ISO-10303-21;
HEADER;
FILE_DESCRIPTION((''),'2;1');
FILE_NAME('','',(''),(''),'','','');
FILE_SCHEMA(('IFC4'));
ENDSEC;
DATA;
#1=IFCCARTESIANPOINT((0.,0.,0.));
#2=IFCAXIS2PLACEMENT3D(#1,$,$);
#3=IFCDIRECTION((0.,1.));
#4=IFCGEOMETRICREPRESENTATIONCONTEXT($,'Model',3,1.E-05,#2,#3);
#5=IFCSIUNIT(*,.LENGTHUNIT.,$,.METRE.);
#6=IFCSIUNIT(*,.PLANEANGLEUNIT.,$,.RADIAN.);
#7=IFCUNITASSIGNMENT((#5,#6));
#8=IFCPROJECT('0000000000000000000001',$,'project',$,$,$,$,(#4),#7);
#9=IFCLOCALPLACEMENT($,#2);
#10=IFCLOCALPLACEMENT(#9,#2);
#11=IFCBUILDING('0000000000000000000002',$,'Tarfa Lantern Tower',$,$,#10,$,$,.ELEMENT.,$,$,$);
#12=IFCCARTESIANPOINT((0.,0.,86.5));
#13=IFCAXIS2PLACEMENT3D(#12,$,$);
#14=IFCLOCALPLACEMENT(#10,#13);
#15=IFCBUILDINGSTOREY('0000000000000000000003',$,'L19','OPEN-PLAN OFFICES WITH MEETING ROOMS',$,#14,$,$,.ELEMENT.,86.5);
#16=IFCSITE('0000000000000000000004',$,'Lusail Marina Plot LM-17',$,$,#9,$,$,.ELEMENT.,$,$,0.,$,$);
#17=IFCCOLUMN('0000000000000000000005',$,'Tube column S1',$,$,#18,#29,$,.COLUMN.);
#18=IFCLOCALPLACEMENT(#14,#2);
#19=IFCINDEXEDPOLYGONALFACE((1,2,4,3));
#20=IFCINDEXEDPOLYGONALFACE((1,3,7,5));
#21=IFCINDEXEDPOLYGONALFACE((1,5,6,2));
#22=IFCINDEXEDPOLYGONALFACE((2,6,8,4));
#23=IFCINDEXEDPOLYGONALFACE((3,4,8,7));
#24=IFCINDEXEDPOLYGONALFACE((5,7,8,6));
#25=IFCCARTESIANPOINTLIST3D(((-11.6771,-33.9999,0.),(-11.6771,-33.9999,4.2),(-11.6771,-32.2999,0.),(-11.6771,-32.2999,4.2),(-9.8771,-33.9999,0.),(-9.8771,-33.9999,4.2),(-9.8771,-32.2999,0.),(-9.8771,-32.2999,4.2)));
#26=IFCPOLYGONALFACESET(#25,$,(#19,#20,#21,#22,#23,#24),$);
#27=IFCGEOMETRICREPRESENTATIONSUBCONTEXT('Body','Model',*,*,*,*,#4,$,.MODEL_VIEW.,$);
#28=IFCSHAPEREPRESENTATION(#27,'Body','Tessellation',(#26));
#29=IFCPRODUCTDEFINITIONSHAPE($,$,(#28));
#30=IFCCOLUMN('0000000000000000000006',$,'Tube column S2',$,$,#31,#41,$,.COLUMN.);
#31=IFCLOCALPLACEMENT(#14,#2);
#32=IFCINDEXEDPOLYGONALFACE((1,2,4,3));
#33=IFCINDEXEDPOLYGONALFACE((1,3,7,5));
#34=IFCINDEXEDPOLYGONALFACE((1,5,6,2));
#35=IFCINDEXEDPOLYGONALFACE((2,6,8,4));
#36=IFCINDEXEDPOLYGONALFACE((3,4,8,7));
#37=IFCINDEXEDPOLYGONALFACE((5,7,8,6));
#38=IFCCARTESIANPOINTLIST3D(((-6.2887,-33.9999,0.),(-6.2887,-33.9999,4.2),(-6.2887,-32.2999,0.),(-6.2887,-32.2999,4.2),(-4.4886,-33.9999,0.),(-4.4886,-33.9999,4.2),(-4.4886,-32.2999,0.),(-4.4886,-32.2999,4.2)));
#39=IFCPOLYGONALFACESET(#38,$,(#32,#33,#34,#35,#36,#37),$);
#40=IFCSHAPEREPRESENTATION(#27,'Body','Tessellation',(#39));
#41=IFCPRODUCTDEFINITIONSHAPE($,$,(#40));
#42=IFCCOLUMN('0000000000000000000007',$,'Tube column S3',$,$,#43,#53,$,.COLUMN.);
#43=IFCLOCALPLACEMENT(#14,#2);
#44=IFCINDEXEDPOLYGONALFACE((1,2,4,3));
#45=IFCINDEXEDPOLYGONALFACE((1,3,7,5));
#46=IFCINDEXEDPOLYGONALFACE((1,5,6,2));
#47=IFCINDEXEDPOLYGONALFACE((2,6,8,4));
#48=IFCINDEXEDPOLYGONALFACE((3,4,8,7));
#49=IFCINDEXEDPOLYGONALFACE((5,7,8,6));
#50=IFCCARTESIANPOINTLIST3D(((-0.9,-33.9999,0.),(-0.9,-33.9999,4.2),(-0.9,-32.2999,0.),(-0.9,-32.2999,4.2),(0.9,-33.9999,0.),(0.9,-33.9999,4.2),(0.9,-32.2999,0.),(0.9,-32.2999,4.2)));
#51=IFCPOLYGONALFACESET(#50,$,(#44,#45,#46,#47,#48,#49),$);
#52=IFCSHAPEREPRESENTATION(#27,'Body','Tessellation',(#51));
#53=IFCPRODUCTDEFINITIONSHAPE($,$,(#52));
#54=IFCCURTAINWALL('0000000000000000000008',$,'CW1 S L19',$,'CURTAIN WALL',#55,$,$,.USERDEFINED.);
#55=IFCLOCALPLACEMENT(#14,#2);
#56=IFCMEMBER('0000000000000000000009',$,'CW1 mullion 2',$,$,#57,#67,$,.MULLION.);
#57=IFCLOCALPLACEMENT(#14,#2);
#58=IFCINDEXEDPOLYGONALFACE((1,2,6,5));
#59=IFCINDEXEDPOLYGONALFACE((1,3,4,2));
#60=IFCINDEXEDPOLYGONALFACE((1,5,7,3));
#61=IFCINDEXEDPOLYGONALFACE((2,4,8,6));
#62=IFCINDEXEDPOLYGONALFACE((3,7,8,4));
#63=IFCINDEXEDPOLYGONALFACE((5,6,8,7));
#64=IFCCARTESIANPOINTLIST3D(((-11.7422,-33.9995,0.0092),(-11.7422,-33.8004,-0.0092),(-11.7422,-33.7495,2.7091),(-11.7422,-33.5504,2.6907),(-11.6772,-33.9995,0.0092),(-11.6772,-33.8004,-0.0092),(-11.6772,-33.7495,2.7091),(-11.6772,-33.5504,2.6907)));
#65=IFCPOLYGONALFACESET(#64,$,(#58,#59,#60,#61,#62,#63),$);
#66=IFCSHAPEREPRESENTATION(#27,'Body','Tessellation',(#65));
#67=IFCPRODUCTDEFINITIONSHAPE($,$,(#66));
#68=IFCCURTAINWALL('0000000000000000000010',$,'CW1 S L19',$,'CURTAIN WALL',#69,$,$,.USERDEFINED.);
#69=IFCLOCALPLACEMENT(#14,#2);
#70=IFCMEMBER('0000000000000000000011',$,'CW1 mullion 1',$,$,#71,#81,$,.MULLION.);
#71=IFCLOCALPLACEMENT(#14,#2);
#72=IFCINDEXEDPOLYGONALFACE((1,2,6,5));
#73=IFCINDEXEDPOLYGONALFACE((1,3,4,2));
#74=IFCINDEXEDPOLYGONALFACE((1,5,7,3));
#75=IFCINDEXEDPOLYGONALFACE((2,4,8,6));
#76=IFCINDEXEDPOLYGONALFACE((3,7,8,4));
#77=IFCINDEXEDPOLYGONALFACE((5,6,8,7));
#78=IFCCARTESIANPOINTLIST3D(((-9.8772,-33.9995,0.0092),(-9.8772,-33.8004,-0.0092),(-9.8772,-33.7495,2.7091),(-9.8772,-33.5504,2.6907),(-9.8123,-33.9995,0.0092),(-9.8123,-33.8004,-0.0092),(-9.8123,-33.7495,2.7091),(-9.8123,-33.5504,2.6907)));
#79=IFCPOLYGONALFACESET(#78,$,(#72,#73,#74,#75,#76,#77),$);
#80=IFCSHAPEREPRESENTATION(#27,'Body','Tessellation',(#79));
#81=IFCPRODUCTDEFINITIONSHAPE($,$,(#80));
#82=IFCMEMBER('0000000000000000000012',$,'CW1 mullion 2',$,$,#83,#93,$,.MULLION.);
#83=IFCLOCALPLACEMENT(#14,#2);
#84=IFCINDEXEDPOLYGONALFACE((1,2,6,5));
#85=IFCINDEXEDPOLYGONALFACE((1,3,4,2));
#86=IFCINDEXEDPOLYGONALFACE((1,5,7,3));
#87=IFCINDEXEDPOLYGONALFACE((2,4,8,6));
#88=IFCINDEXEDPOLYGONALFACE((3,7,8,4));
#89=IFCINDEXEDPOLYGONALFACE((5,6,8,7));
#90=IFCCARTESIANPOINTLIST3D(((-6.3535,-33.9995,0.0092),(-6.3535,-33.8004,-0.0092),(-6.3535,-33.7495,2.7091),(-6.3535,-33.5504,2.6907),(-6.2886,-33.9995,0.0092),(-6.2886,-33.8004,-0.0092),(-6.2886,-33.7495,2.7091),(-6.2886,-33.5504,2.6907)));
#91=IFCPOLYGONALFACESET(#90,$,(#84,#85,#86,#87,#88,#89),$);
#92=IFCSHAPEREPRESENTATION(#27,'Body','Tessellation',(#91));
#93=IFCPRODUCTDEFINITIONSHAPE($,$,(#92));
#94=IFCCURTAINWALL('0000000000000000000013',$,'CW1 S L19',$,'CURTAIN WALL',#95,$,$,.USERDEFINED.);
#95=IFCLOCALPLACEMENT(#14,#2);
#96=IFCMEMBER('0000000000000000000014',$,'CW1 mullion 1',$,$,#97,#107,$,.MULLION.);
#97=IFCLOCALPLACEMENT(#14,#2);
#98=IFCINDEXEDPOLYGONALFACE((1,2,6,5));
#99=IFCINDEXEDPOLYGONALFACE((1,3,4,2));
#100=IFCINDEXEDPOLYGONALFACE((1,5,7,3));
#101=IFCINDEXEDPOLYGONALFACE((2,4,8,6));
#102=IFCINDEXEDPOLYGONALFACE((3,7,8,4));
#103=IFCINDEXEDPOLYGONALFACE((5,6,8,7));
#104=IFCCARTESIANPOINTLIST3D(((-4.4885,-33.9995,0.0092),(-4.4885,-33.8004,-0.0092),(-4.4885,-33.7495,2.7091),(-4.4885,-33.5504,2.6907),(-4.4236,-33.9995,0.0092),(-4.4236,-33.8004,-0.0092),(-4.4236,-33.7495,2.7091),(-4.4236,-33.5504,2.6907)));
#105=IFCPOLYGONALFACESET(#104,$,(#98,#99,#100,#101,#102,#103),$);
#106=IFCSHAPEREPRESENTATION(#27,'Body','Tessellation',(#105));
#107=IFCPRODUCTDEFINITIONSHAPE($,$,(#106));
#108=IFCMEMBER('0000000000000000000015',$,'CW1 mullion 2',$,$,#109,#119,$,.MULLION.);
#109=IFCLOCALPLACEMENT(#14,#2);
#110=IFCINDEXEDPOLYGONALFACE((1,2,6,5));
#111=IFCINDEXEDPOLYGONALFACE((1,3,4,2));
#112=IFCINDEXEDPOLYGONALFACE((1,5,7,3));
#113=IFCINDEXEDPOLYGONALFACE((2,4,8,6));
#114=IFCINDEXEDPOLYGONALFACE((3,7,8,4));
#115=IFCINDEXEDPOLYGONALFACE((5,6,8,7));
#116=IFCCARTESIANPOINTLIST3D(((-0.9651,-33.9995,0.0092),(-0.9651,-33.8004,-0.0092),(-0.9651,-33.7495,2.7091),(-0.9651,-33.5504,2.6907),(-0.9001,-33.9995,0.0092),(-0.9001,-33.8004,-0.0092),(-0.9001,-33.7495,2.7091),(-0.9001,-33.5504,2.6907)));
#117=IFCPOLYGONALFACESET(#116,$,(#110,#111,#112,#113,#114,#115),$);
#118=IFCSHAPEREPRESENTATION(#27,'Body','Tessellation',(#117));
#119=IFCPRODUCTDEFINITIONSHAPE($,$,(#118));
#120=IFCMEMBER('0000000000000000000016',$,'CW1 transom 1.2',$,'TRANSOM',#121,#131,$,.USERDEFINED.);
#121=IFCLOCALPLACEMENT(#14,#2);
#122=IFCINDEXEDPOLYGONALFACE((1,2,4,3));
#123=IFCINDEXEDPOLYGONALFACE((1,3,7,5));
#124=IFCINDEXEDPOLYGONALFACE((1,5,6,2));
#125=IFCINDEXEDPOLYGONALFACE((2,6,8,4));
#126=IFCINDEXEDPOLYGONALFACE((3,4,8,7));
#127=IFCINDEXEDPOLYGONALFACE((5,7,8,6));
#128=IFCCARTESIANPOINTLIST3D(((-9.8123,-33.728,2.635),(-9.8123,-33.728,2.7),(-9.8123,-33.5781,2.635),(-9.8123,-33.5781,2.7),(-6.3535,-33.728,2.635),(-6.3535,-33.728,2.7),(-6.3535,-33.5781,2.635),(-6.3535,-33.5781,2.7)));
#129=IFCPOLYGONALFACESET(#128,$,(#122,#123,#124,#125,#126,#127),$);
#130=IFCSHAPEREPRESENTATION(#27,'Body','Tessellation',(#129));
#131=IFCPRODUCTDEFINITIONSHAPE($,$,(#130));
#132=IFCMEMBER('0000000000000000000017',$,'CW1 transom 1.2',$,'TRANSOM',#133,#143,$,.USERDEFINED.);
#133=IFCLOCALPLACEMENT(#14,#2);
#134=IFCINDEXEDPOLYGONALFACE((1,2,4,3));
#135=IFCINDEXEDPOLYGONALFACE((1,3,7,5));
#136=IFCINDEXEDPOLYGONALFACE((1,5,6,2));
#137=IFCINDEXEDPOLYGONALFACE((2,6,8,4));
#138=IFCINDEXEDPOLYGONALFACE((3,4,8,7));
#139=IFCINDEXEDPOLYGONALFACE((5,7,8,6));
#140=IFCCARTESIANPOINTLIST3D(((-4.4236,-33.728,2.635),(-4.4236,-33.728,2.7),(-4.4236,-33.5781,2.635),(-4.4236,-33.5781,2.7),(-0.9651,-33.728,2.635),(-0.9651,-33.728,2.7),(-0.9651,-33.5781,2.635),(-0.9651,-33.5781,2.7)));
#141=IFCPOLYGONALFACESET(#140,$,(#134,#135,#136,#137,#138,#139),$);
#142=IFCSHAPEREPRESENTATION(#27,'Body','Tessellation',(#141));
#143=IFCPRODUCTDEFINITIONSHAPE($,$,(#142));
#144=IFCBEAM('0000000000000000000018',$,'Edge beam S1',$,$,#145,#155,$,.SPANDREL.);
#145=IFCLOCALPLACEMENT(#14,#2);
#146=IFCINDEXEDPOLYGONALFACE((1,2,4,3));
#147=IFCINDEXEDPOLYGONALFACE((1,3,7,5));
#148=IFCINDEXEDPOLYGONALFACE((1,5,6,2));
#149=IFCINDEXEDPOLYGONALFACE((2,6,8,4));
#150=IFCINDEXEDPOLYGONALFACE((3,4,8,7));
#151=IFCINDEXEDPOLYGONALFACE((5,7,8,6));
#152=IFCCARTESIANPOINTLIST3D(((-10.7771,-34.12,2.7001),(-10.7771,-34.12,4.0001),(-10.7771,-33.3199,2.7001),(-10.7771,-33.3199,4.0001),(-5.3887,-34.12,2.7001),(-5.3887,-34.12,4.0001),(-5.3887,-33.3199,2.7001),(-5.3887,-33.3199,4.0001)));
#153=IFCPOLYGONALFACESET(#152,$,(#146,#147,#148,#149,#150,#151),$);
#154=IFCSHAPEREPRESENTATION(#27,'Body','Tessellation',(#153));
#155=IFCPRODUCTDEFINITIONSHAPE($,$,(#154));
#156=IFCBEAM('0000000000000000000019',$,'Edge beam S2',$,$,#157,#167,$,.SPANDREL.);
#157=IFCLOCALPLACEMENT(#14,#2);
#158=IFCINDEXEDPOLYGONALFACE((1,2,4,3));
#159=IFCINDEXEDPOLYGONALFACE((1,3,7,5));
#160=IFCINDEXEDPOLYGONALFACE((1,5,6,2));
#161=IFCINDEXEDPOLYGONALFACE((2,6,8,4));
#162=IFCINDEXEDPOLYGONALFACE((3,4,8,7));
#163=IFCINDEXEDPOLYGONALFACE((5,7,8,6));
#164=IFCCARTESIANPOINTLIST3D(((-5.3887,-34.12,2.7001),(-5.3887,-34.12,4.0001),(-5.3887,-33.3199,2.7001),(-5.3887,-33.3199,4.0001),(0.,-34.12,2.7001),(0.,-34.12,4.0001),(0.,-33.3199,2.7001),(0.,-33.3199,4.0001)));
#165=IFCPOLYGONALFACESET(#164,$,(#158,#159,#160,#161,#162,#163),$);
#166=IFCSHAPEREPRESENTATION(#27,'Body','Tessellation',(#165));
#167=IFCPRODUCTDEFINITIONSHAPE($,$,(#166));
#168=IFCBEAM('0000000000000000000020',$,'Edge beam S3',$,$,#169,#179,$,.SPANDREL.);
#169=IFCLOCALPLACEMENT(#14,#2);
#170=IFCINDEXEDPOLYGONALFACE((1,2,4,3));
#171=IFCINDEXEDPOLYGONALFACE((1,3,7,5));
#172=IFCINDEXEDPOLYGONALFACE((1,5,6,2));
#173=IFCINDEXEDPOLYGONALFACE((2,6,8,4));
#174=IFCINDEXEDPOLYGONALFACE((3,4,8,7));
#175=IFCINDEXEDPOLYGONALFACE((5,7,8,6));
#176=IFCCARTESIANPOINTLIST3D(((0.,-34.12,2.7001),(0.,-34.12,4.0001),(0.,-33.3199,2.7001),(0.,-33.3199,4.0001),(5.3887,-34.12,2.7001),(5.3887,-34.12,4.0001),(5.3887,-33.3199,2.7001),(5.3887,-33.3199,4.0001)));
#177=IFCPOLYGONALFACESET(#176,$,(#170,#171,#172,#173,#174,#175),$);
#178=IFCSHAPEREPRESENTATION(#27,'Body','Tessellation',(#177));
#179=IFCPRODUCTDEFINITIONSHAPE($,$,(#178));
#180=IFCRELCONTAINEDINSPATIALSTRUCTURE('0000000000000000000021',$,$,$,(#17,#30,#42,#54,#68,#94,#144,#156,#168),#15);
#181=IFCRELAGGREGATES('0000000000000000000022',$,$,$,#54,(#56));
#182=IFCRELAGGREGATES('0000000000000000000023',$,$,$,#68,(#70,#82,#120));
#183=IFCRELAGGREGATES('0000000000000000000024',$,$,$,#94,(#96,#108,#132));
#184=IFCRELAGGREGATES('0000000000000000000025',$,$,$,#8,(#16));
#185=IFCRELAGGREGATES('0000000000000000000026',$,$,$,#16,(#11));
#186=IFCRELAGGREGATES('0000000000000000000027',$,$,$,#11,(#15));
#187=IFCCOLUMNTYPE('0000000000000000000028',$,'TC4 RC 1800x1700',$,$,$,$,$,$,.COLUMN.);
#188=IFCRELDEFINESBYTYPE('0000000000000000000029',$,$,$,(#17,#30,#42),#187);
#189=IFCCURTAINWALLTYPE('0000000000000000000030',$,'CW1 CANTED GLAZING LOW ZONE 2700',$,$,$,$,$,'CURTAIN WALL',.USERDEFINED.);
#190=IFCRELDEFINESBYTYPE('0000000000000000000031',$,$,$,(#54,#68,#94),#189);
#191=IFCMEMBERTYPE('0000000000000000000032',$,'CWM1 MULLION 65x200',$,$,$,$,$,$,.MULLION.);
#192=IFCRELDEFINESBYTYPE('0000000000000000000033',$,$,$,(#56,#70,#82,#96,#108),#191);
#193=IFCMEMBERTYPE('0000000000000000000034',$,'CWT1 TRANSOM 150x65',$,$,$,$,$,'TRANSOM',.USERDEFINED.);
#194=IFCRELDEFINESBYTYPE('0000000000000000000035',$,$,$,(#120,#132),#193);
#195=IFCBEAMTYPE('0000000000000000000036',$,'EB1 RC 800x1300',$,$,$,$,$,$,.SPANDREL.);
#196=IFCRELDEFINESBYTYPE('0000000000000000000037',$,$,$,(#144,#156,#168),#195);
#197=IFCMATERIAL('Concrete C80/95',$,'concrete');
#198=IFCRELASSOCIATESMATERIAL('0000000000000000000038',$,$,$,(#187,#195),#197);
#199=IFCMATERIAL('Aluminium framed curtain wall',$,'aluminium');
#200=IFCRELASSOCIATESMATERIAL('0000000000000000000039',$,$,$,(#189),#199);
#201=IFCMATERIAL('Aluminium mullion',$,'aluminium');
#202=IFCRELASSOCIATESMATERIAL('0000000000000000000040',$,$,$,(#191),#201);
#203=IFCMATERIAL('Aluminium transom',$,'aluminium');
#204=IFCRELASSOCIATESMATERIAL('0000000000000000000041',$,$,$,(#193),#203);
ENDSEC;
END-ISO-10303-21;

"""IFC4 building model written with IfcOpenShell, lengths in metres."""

from ifc_helpers import new_model, si_unit, direction, frame, origin, origin_2d, place, context, subcontext, project, spatial, rectangle, extrude, material, material_profile, profile_set, type_object, element, aggregate, save


model = new_model("IFC4")

# Units and contexts
model_context = context("Model", 3, precision=1e-05, world=origin(), true_north=direction((0.0, 1.0)))
body_context = subcontext(model_context, "Body", "Model", "MODEL_VIEW")
ifc_project = project(units=[si_unit("LENGTHUNIT", "METRE"), si_unit("PLANEANGLEUNIT", "RADIAN")], contexts=[model_context])

# Site, building, storey
site_placement = place(None, origin())
site = spatial("IfcSite", under=ifc_project, at=site_placement, Name="Lusail Marina Plot LM-17", CompositionType="ELEMENT", RefElevation=0.0)
building_placement = place(site_placement, origin())
building = spatial("IfcBuilding", under=site, at=building_placement, Name="Tarfa Lantern Tower", CompositionType="ELEMENT")
storey_placement = place(building_placement, frame((0.0, 0.0, 86.5)))
storey = spatial("IfcBuildingStorey", under=building, at=storey_placement, Name="L19", Description="OPEN-PLAN OFFICES WITH MEETING ROOMS", CompositionType="ELEMENT", Elevation=86.5)

# Columns
ifc_material_1 = material(Name="Concrete C80/95", Category="concrete")
ifc_material_profile_1 = material_profile(ifc_material_1, rectangle(XDim=1.8, YDim=1.7, at=origin_2d()), Name="RC 1800x1700")
ifc_profile_set_1 = profile_set([ifc_material_profile_1], Name="Concrete C80/95")
column_type = type_object("IfcColumnType", Name="TC4 RC 1800x1700", PredefinedType="COLUMN", material=ifc_profile_set_1)
for number, where, z_axis, x_axis, name in (
    (1, (-10.7771, -33.1499, 0.0), (0.0, 0.0, 1.0), (1.0, 0.0, 0.0), "Tube column S1"),
    (2, (-5.3887, -33.1499, 0.0), (0.0, 0.0, 1.0), (1.0, 0.0, 0.0), "Tube column S2"),
    (3, (0.0, -33.1499, 0.0), (0.0, 0.0, 1.0), (1.0, 0.0, 0.0), "Tube column S3"),
):
    element("IfcColumn", number, at=place(storey_placement, frame(where, z_axis=z_axis, x_axis=x_axis)), inside=storey, type_object=column_type, Name=name, PredefinedType="COLUMN", context=body_context, shape_type="SweptSolid", body=[
        extrude(rectangle(XDim=1.8, YDim=1.7, at=origin_2d()), origin(), (0.0, 0.0, 1.0), 4.2),
    ])

# Curtain wall, member
ifc_material_2 = material(Name="Aluminium framed curtain wall", Category="aluminium")
curtain_wall_type = type_object("IfcCurtainWallType", Name="CW1 CANTED GLAZING LOW ZONE 2700", ElementType="CURTAIN WALL", PredefinedType="USERDEFINED", material=ifc_material_2)
curtain_wall_1_placement = place(storey_placement, origin())
curtain_wall_1 = element("IfcCurtainWall", 4, at=curtain_wall_1_placement, inside=storey, type_object=curtain_wall_type, Name="CW1 S L19", ObjectType="CURTAIN WALL", PredefinedType="USERDEFINED")
ifc_material_3 = material(Name="Aluminium mullion", Category="aluminium")
ifc_material_profile_2 = material_profile(ifc_material_3, rectangle(XDim=0.0649, YDim=0.2, at=origin_2d()), Name="AL MULLION 65x200")
ifc_profile_set_2 = profile_set([ifc_material_profile_2], Name="Aluminium mullion")
member_type_1 = type_object("IfcMemberType", Name="CWM1 MULLION 65x200", PredefinedType="MULLION", material=ifc_profile_set_2)
member_1_placement = place(storey_placement, frame((-11.7097, -33.8999, 0.0), z_axis=(0.0, 0.0922, 0.995741), x_axis=(-1.0, 0.0, 0.0)))
member_1 = element("IfcMember", 5, at=member_1_placement, type_object=member_type_1, Name="CW1 mullion 2", PredefinedType="MULLION", context=body_context, shape_type="SweptSolid", body=[
    extrude(rectangle(XDim=0.0649, YDim=0.2, at=origin_2d()), origin(), (0.0, 0.0, 1.0), 2.7114),
])
aggregate(curtain_wall_1, [member_1])

# Curtain walls, members
curtain_wall_2_placement = place(storey_placement, origin())
curtain_wall_2 = element("IfcCurtainWall", 6, at=curtain_wall_2_placement, inside=storey, type_object=curtain_wall_type, Name="CW1 S L19", ObjectType="CURTAIN WALL", PredefinedType="USERDEFINED")
member_2_placement = place(storey_placement, frame((-9.8447, -33.8999, 0.0), z_axis=(0.0, 0.0922, 0.995741), x_axis=(-1.0, 0.0, 0.0)))
member_2 = element("IfcMember", 7, at=member_2_placement, type_object=member_type_1, Name="CW1 mullion 1", PredefinedType="MULLION", context=body_context, shape_type="SweptSolid", body=[
    extrude(rectangle(XDim=0.0649, YDim=0.2, at=origin_2d()), origin(), (0.0, 0.0, 1.0), 2.7114),
])
member_3_placement = place(storey_placement, frame((-6.321, -33.8999, 0.0), z_axis=(0.0, 0.0922, 0.995741), x_axis=(-1.0, 0.0, 0.0)))
member_3 = element("IfcMember", 8, at=member_3_placement, type_object=member_type_1, Name="CW1 mullion 2", PredefinedType="MULLION", context=body_context, shape_type="SweptSolid", body=[
    extrude(rectangle(XDim=0.0649, YDim=0.2, at=origin_2d()), origin(), (0.0, 0.0, 1.0), 2.7114),
])
curtain_wall_3_placement = place(storey_placement, origin())
curtain_wall_3 = element("IfcCurtainWall", 9, at=curtain_wall_3_placement, inside=storey, type_object=curtain_wall_type, Name="CW1 S L19", ObjectType="CURTAIN WALL", PredefinedType="USERDEFINED")
member_4_placement = place(storey_placement, frame((-4.4561, -33.8999, 0.0), z_axis=(0.0, 0.0922, 0.995741), x_axis=(-1.0, 0.0, 0.0)))
member_4 = element("IfcMember", 10, at=member_4_placement, type_object=member_type_1, Name="CW1 mullion 1", PredefinedType="MULLION", context=body_context, shape_type="SweptSolid", body=[
    extrude(rectangle(XDim=0.0649, YDim=0.2, at=origin_2d()), origin(), (0.0, 0.0, 1.0), 2.7114),
])
member_5_placement = place(storey_placement, frame((-0.9326, -33.8999, 0.0), z_axis=(0.0, 0.0922, 0.995741), x_axis=(-1.0, 0.0, 0.0)))
member_5 = element("IfcMember", 11, at=member_5_placement, type_object=member_type_1, Name="CW1 mullion 2", PredefinedType="MULLION", context=body_context, shape_type="SweptSolid", body=[
    extrude(rectangle(XDim=0.0649, YDim=0.2, at=origin_2d()), origin(), (0.0, 0.0, 1.0), 2.7114),
])

# Members
ifc_material_4 = material(Name="Aluminium transom", Category="aluminium")
ifc_material_profile_3 = material_profile(ifc_material_4, rectangle(XDim=0.1499, YDim=0.0649, at=origin_2d()), Name="AL TRANSOM 150x65")
ifc_profile_set_3 = profile_set([ifc_material_profile_3], Name="Aluminium transom")
member_type_2 = type_object("IfcMemberType", Name="CWT1 TRANSOM 150x65", ElementType="TRANSOM", PredefinedType="USERDEFINED", material=ifc_profile_set_3)
member_6_placement = place(storey_placement, frame((-9.8123, -33.6531, 2.6675), z_axis=(1.0, 0.0, 0.0), x_axis=(0.0, 1.0, 0.0)))
member_6 = element("IfcMember", 12, at=member_6_placement, type_object=member_type_2, Name="CW1 transom 1.2", ObjectType="TRANSOM", PredefinedType="USERDEFINED", context=body_context, shape_type="SweptSolid", body=[
    extrude(rectangle(XDim=0.1499, YDim=0.0649, at=origin_2d()), origin(), (0.0, 0.0, 1.0), 3.4587),
])
member_7_placement = place(storey_placement, frame((-4.4236, -33.6531, 2.6675), z_axis=(1.0, 0.0, 0.0), x_axis=(0.0, 1.0, 0.0)))
member_7 = element("IfcMember", 13, at=member_7_placement, type_object=member_type_2, Name="CW1 transom 1.2", ObjectType="TRANSOM", PredefinedType="USERDEFINED", context=body_context, shape_type="SweptSolid", body=[
    extrude(rectangle(XDim=0.1499, YDim=0.0649, at=origin_2d()), origin(), (0.0, 0.0, 1.0), 3.4585),
])

# Beams
ifc_material_profile_4 = material_profile(ifc_material_1, rectangle(XDim=0.8, YDim=1.3, at=origin_2d()), Name="RC 800x1300")
ifc_profile_set_4 = profile_set([ifc_material_profile_4], Name="Concrete C80/95")
beam_type_1 = type_object("IfcBeamType", Name="EB1 RC 800x1300", PredefinedType="SPANDREL", material=ifc_profile_set_4)
beam_placement = place(storey_placement, frame((-10.7771, -33.72, 3.3501), z_axis=(1.0, 0.0, 0.0), x_axis=(0.0, 1.0, 0.0)))
element("IfcBeam", 14, at=beam_placement, inside=storey, type_object=beam_type_1, Name="Edge beam S1", PredefinedType="SPANDREL", context=body_context, shape_type="SweptSolid", body=[
    extrude(rectangle(XDim=0.8, YDim=1.3, at=origin_2d()), origin(), (0.0, 0.0, 1.0), 5.3884),
])
for number, where, z_axis, x_axis, name in (
    (15, (-5.3887, -33.72, 3.3501), (1.0, 0.0, 0.0), (0.0, 1.0, 0.0), "Edge beam S2"),
    (16, (0.0, -33.72, 3.3501), (1.0, 0.0, 0.0), (0.0, 1.0, 0.0), "Edge beam S3"),
):
    element("IfcBeam", number, at=place(storey_placement, frame(where, z_axis=z_axis, x_axis=x_axis)), inside=storey, type_object=beam_type_1, Name=name, PredefinedType="SPANDREL", context=body_context, shape_type="SweptSolid", body=[
        extrude(rectangle(XDim=0.8, YDim=1.3, at=origin_2d()), origin(), (0.0, 0.0, 1.0), 5.3887),
    ])

aggregate(curtain_wall_2, [member_2, member_3, member_6])
aggregate(curtain_wall_3, [member_4, member_5, member_7])

save(model, "model.ifc")
